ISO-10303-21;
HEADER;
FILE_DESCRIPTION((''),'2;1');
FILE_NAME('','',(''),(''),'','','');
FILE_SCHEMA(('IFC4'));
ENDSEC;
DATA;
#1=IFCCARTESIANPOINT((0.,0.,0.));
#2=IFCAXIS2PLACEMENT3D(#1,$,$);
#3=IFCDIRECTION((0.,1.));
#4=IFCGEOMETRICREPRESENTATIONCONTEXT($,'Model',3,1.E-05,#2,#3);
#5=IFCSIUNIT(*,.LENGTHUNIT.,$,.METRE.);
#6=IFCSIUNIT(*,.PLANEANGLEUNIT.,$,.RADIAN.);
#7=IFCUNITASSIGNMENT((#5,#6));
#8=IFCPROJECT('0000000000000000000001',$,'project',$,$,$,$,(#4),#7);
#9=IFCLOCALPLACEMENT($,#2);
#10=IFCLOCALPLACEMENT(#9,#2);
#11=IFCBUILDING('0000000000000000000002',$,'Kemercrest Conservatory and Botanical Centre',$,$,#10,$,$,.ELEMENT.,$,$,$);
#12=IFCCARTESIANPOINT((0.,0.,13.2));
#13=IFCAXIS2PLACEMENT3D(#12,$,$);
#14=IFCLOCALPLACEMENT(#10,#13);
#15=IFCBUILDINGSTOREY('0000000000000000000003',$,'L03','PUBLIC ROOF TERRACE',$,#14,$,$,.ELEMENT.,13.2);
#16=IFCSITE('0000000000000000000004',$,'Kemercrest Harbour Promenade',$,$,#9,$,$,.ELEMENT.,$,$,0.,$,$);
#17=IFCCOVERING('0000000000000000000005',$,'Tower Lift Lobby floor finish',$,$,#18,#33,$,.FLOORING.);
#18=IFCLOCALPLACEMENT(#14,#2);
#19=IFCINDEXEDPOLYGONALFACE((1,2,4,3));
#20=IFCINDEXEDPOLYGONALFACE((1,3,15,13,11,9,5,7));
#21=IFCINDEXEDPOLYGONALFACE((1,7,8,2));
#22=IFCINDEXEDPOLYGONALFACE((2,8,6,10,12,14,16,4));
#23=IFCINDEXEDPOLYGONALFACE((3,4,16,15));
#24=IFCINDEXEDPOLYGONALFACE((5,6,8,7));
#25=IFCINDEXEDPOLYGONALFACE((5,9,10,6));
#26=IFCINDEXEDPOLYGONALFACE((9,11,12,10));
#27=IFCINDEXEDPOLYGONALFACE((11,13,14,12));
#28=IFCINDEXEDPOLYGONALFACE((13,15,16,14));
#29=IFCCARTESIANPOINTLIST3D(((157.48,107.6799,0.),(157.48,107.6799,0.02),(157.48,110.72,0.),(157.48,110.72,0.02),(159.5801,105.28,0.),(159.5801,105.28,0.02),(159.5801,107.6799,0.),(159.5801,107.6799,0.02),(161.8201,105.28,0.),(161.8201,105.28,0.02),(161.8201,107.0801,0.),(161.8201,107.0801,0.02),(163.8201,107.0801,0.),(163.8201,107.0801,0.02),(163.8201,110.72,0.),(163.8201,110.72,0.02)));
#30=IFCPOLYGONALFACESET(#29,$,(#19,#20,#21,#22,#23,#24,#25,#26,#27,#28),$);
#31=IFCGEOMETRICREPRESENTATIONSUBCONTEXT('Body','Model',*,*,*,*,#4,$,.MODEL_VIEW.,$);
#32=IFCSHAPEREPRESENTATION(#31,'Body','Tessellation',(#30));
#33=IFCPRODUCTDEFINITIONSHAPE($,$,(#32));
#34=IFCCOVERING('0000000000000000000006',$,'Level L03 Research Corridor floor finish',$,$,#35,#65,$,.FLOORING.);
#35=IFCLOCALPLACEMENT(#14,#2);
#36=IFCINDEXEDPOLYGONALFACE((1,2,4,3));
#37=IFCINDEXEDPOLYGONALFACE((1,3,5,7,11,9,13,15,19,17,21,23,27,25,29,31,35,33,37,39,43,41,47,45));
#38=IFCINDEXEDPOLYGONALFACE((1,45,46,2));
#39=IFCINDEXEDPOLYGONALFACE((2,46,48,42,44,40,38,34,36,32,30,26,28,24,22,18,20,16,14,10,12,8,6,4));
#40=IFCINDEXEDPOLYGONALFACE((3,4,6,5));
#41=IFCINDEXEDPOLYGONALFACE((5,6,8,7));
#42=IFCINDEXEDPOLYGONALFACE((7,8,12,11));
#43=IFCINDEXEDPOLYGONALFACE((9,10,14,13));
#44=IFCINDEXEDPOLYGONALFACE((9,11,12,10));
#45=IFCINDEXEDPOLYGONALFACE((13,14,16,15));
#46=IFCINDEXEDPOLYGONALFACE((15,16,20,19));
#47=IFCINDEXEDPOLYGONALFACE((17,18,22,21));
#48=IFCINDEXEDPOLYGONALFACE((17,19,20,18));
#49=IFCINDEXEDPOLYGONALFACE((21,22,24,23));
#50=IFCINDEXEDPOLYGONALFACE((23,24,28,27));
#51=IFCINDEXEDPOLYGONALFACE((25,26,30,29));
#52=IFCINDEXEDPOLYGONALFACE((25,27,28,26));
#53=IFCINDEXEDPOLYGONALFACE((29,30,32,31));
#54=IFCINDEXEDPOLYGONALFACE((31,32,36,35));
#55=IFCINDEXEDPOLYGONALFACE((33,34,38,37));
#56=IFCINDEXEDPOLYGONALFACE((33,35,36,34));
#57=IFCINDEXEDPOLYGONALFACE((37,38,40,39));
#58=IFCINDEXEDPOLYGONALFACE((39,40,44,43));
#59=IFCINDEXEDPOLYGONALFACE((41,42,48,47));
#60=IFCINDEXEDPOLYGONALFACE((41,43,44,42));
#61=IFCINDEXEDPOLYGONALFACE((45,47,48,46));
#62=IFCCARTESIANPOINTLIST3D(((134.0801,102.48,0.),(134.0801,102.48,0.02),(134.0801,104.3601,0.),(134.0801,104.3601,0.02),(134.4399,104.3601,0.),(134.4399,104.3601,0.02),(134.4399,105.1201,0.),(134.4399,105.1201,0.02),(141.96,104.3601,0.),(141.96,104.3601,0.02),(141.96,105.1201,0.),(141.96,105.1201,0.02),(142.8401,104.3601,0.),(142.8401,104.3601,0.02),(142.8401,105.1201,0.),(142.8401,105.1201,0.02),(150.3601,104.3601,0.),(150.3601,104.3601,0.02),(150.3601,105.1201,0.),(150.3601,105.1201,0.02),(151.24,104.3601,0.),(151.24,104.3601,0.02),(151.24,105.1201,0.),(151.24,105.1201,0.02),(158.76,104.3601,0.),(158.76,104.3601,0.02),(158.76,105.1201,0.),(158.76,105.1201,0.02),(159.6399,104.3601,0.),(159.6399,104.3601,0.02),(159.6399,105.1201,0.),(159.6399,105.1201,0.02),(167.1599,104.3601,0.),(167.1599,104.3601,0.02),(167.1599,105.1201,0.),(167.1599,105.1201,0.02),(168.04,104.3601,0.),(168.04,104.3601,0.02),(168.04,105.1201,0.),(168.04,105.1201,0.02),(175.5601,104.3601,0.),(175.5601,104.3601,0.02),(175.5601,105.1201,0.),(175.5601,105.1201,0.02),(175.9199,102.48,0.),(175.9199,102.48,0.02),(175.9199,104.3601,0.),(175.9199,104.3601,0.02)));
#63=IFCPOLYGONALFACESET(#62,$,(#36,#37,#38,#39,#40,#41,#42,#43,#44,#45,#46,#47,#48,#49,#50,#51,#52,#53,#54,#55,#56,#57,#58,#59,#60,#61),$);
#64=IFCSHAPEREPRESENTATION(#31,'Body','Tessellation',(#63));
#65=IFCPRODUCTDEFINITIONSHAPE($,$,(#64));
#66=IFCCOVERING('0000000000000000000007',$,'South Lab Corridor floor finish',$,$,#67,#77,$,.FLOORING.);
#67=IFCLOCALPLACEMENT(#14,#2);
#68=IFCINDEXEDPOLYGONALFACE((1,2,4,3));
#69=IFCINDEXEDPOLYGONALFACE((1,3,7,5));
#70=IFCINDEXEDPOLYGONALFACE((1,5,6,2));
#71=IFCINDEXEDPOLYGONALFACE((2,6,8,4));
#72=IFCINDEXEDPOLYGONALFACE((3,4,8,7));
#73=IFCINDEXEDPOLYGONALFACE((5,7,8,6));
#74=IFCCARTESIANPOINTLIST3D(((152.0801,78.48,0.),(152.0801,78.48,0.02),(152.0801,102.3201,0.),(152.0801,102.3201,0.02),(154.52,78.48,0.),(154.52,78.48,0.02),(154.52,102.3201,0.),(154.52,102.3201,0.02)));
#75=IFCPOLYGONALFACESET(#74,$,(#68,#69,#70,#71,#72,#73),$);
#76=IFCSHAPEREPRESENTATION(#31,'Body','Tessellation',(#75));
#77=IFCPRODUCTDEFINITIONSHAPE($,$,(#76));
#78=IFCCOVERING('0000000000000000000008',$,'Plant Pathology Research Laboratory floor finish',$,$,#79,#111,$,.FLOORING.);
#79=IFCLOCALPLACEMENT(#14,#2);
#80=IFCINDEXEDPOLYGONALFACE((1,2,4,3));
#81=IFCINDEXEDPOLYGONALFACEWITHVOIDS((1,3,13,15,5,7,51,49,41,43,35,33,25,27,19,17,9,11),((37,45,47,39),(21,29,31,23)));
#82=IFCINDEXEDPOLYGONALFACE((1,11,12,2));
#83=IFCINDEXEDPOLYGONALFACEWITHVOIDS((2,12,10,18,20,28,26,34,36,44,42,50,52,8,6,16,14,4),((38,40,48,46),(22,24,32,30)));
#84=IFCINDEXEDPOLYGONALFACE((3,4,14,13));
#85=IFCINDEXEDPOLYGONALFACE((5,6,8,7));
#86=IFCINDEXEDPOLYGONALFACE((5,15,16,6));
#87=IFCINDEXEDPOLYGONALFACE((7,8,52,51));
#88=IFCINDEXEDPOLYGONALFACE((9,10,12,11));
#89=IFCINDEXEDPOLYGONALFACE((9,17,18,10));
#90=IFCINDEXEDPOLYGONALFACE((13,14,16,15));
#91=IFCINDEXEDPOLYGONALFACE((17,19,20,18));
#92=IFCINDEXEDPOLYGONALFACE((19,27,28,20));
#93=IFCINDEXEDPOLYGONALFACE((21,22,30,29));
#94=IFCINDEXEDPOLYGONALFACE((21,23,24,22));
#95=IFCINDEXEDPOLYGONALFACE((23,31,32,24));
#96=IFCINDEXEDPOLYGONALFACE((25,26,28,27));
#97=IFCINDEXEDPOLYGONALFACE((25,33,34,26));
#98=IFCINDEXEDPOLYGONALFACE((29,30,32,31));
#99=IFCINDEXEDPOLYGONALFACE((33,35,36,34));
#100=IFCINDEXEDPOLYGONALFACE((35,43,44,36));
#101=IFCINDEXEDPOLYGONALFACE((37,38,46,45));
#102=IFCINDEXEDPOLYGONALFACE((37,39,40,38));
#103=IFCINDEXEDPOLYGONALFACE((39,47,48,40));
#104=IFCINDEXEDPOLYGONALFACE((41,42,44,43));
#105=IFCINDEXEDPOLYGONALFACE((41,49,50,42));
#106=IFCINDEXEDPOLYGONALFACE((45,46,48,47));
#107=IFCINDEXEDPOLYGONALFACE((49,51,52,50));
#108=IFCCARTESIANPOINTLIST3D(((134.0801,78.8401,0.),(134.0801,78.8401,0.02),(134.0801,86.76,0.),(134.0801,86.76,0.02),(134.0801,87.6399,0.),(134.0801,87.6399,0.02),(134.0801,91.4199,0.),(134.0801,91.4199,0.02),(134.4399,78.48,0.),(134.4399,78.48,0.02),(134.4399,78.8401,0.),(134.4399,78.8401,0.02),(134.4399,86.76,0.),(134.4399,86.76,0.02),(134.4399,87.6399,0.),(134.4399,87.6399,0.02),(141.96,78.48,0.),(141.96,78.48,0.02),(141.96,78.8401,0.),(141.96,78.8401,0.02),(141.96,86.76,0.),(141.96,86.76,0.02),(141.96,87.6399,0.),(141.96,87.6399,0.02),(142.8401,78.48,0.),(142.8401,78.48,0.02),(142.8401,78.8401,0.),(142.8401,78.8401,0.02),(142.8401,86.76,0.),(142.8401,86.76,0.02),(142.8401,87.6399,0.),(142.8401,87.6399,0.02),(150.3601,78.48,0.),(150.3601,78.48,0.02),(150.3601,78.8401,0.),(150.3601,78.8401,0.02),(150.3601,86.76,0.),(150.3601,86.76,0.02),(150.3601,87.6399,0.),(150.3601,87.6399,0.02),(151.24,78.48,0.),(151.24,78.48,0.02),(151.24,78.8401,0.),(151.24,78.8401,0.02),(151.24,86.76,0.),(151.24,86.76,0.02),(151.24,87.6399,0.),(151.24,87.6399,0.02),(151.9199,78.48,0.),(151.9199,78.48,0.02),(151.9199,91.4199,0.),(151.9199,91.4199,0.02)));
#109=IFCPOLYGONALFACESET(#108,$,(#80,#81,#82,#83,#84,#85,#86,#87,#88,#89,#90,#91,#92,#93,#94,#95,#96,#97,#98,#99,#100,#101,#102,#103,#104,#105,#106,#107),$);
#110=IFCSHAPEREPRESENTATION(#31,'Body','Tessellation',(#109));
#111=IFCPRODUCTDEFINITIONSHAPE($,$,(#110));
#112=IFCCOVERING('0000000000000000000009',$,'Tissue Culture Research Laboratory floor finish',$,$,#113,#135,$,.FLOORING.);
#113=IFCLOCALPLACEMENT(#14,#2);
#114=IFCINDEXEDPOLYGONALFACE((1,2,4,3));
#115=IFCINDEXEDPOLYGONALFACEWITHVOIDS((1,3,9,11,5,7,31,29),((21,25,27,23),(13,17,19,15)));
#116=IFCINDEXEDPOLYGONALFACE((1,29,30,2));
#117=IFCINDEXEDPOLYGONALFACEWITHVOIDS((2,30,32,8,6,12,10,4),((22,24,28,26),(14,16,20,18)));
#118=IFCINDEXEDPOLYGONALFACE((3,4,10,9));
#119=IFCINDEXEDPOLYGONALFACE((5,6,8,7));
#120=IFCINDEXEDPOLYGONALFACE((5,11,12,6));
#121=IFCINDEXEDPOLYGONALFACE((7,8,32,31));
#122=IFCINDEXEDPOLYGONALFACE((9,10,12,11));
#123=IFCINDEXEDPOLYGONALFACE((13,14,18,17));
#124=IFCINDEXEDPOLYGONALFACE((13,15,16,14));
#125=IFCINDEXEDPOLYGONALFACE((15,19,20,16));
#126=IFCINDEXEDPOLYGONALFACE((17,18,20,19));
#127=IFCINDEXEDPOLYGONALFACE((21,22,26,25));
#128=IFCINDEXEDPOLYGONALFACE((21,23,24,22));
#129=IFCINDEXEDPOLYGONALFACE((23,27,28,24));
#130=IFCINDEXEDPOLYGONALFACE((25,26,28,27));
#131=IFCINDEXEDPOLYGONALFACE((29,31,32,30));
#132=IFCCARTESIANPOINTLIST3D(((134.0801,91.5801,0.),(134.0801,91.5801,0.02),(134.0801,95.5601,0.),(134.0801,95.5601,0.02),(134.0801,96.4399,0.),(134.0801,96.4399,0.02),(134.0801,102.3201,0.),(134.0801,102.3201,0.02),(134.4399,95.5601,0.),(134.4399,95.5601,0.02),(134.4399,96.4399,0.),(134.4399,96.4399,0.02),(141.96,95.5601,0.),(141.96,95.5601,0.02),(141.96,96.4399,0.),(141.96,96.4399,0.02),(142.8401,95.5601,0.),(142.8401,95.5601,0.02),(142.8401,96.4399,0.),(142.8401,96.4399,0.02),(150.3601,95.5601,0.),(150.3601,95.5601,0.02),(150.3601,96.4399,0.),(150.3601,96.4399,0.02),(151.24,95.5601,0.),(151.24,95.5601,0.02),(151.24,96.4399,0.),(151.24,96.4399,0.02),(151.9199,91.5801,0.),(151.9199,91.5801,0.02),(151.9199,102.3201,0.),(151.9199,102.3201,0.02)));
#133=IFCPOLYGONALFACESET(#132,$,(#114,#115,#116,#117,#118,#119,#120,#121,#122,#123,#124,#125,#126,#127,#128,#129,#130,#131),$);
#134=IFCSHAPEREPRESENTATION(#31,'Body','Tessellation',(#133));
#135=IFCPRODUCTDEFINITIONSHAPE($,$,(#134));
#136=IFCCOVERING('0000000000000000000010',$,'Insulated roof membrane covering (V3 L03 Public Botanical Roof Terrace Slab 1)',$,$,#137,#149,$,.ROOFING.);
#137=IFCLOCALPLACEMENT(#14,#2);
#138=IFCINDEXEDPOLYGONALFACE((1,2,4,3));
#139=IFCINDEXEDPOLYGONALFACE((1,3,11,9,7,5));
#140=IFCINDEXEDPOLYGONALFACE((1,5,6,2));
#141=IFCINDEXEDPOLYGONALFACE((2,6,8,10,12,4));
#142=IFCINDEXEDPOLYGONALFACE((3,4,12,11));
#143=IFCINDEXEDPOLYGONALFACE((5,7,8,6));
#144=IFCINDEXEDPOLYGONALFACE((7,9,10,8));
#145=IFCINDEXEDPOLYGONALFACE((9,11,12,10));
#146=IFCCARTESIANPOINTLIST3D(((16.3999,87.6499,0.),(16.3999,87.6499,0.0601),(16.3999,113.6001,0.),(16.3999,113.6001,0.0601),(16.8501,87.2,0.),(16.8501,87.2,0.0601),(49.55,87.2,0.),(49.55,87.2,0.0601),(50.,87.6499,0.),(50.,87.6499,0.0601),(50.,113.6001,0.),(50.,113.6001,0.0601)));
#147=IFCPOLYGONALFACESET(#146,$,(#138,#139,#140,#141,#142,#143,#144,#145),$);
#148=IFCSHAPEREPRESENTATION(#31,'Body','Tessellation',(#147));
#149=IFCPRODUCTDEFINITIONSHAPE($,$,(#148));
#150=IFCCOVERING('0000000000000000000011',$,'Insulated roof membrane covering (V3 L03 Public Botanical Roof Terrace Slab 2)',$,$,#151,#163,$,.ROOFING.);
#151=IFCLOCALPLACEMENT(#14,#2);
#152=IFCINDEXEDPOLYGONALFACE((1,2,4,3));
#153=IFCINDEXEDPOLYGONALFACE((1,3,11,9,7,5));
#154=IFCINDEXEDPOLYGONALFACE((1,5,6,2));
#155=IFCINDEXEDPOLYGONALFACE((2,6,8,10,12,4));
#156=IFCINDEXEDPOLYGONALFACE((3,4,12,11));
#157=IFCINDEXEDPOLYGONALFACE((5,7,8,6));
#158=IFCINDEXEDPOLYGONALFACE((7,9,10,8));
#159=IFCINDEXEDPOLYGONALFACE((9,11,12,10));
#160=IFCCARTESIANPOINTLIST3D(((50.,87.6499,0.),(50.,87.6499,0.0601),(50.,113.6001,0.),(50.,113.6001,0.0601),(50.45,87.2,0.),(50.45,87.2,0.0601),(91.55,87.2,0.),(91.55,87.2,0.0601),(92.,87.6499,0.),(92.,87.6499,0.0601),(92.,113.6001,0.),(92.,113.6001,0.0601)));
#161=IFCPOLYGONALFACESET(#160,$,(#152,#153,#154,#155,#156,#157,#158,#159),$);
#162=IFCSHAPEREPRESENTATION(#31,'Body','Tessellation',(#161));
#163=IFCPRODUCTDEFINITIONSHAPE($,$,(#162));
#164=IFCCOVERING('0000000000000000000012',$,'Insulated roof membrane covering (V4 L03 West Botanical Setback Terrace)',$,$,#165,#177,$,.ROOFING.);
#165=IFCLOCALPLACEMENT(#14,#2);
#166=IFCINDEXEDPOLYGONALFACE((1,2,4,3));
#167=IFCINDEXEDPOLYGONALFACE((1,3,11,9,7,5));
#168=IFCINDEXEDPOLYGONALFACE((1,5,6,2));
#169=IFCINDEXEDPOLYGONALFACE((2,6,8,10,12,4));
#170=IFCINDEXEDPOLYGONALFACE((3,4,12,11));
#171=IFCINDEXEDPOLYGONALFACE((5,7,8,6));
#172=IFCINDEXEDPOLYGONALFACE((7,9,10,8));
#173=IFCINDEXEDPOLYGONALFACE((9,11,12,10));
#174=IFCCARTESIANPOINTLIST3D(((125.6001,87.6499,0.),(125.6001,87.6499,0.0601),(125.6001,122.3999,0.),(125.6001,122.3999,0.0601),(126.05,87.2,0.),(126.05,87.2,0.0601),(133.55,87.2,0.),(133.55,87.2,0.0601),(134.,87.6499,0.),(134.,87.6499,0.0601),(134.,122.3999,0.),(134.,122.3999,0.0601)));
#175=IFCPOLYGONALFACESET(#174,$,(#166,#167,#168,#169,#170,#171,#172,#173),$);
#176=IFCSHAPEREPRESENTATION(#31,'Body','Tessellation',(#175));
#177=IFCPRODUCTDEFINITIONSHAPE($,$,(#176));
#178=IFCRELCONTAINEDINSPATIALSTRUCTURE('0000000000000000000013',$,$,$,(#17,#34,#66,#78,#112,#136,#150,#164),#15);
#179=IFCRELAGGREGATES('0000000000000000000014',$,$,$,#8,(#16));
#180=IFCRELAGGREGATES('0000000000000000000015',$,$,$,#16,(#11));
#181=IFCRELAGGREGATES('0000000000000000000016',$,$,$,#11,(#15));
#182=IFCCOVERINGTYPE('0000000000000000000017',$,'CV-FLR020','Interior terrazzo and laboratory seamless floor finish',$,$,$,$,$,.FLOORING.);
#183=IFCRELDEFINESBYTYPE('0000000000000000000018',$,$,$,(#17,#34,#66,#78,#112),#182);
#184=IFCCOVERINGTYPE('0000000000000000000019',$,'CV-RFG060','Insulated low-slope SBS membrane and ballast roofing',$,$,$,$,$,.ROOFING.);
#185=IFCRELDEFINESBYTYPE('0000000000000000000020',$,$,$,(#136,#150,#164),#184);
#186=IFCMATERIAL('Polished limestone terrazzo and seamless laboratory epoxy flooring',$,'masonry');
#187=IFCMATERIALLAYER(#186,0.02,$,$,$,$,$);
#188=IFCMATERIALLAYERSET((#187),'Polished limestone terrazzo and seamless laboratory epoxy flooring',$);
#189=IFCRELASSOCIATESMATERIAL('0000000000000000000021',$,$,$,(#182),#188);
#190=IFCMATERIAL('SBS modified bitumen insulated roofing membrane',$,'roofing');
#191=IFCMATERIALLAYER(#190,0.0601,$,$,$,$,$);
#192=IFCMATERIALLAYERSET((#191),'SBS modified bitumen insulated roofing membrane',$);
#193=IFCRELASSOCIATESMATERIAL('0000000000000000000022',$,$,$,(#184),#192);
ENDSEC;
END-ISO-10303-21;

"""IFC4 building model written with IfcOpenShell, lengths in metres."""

from ifc_helpers import new_model, si_unit, direction, frame, origin, place, context, subcontext, project, spatial, polyline, outline, extrude, material, layer, layer_set, type_object, element, save


model = new_model("IFC4")

# Units and contexts
model_context = context("Model", 3, precision=1e-05, world=origin(), true_north=direction((0.0, 1.0)))
body_context = subcontext(model_context, "Body", "Model", "MODEL_VIEW")
ifc_project = project(units=[si_unit("LENGTHUNIT", "METRE"), si_unit("PLANEANGLEUNIT", "RADIAN")], contexts=[model_context])

# Site, building, storey
site_placement = place(None, origin())
site = spatial("IfcSite", under=ifc_project, at=site_placement, Name="Kemercrest Harbour Promenade", CompositionType="ELEMENT", RefElevation=0.0)
building_placement = place(site_placement, origin())
building = spatial("IfcBuilding", under=site, at=building_placement, Name="Kemercrest Conservatory and Botanical Centre", CompositionType="ELEMENT")
storey_placement = place(building_placement, frame((0.0, 0.0, 13.2)))
storey = spatial("IfcBuildingStorey", under=building, at=storey_placement, Name="L03", Description="PUBLIC ROOF TERRACE", CompositionType="ELEMENT", Elevation=13.2)

# Coverings
ifc_material_1 = material(Name="Polished limestone terrazzo and seamless laboratory epoxy flooring", Category="masonry")
ifc_layer_1 = layer(ifc_material_1, 0.02)
ifc_layer_set_1 = layer_set([ifc_layer_1], Name="Polished limestone terrazzo and seamless laboratory epoxy flooring")
covering_type_1 = type_object("IfcCoveringType", Name="CV-FLR020", Description="Interior terrazzo and laboratory seamless floor finish", PredefinedType="FLOORING", material=ifc_layer_set_1)
covering_1_placement = place(storey_placement, origin())
element("IfcCovering", 1, at=covering_1_placement, inside=storey, type_object=covering_type_1, Name="Tower Lift Lobby floor finish", PredefinedType="FLOORING", context=body_context, shape_type="SweptSolid", body=[
    extrude(outline(polyline([(159.5801, 107.6799), (159.5801, 105.28), (161.8201, 105.28), (161.8201, 107.0801), (163.8201, 107.0801), (163.8201, 110.72), (157.48, 110.72), (157.48, 107.6799), (159.5801, 107.6799)])), origin(), (0.0, 0.0, 1.0), 0.02),
])
covering_2_placement = place(storey_placement, origin())
element("IfcCovering", 2, at=covering_2_placement, inside=storey, type_object=covering_type_1, Name="Level L03 Research Corridor floor finish", PredefinedType="FLOORING", context=body_context, shape_type="SweptSolid", body=[
    extrude(outline(polyline([(134.0801, 102.48), (175.9199, 102.48), (175.9199, 104.3601), (175.5601, 104.3601), (175.5601, 105.1201), (168.04, 105.1201), (168.04, 104.3601), (167.1599, 104.3601), (167.1599, 105.1201), (159.6399, 105.1201), (159.6399, 104.3601), (158.76, 104.3601), (158.76, 105.1201), (151.24, 105.1201), (151.24, 104.3601), (150.3601, 104.3601), (150.3601, 105.1201), (142.8401, 105.1201), (142.8401, 104.3601), (141.96, 104.3601), (141.96, 105.1201), (134.4399, 105.1201), (134.4399, 104.3601), (134.0801, 104.3601), (134.0801, 102.48)])), origin(), (0.0, 0.0, 1.0), 0.02),
])
covering_3_placement = place(storey_placement, origin())
element("IfcCovering", 3, at=covering_3_placement, inside=storey, type_object=covering_type_1, Name="South Lab Corridor floor finish", PredefinedType="FLOORING", context=body_context, shape_type="SweptSolid", body=[
    extrude(outline(polyline([(152.0801, 78.48), (154.52, 78.48), (154.52, 102.3201), (152.0801, 102.3201), (152.0801, 78.48)])), origin(), (0.0, 0.0, 1.0), 0.02),
])
covering_4_placement = place(storey_placement, origin())
element("IfcCovering", 4, at=covering_4_placement, inside=storey, type_object=covering_type_1, Name="Plant Pathology Research Laboratory floor finish", PredefinedType="FLOORING", context=body_context, shape_type="SweptSolid", body=[
    extrude(outline(polyline([(150.3601, 78.8401), (151.24, 78.8401), (151.24, 78.48), (151.9199, 78.48), (151.9199, 91.4199), (134.0801, 91.4199), (134.0801, 87.6399), (134.4399, 87.6399), (134.4399, 86.76), (134.0801, 86.76), (134.0801, 78.8401), (134.4399, 78.8401), (134.4399, 78.48), (141.96, 78.48), (141.96, 78.8401), (142.8401, 78.8401), (142.8401, 78.48), (150.3601, 78.48), (150.3601, 78.8401)]), holes=[polyline([(151.24, 87.6399), (151.24, 86.76), (150.3601, 86.76), (150.3601, 87.6399), (151.24, 87.6399)]), polyline([(142.8401, 87.6399), (142.8401, 86.76), (141.96, 86.76), (141.96, 87.6399), (142.8401, 87.6399)])]), origin(), (0.0, 0.0, 1.0), 0.02),
])
covering_5_placement = place(storey_placement, origin())
element("IfcCovering", 5, at=covering_5_placement, inside=storey, type_object=covering_type_1, Name="Tissue Culture Research Laboratory floor finish", PredefinedType="FLOORING", context=body_context, shape_type="SweptSolid", body=[
    extrude(outline(polyline([(134.4399, 95.5601), (134.0801, 95.5601), (134.0801, 91.5801), (151.9199, 91.5801), (151.9199, 102.3201), (134.0801, 102.3201), (134.0801, 96.4399), (134.4399, 96.4399), (134.4399, 95.5601)]), holes=[polyline([(151.24, 96.4399), (151.24, 95.5601), (150.3601, 95.5601), (150.3601, 96.4399), (151.24, 96.4399)]), polyline([(142.8401, 96.4399), (142.8401, 95.5601), (141.96, 95.5601), (141.96, 96.4399), (142.8401, 96.4399)])]), origin(), (0.0, 0.0, 1.0), 0.02),
])
ifc_material_2 = material(Name="SBS modified bitumen insulated roofing membrane", Category="roofing")
ifc_layer_2 = layer(ifc_material_2, 0.0601)
ifc_layer_set_2 = layer_set([ifc_layer_2], Name="SBS modified bitumen insulated roofing membrane")
covering_type_2 = type_object("IfcCoveringType", Name="CV-RFG060", Description="Insulated low-slope SBS membrane and ballast roofing", PredefinedType="ROOFING", material=ifc_layer_set_2)
covering_6_placement = place(storey_placement, origin())
element("IfcCovering", 6, at=covering_6_placement, inside=storey, type_object=covering_type_2, Name="Insulated roof membrane covering (V3 L03 Public Botanical Roof Terrace Slab 1)", PredefinedType="ROOFING", context=body_context, shape_type="SweptSolid", body=[
    extrude(outline(polyline([(16.8501, 87.2), (49.55, 87.2), (50.0, 87.6499), (50.0, 113.6001), (16.3999, 113.6001), (16.3999, 87.6499), (16.8501, 87.2)])), origin(), (0.0, 0.0, 1.0), 0.0601),
])
covering_7_placement = place(storey_placement, origin())
element("IfcCovering", 7, at=covering_7_placement, inside=storey, type_object=covering_type_2, Name="Insulated roof membrane covering (V3 L03 Public Botanical Roof Terrace Slab 2)", PredefinedType="ROOFING", context=body_context, shape_type="SweptSolid", body=[
    extrude(outline(polyline([(50.45, 87.2), (91.55, 87.2), (92.0, 87.6499), (92.0, 113.6001), (50.0, 113.6001), (50.0, 87.6499), (50.45, 87.2)])), origin(), (0.0, 0.0, 1.0), 0.0601),
])
covering_8_placement = place(storey_placement, origin())
element("IfcCovering", 8, at=covering_8_placement, inside=storey, type_object=covering_type_2, Name="Insulated roof membrane covering (V4 L03 West Botanical Setback Terrace)", PredefinedType="ROOFING", context=body_context, shape_type="SweptSolid", body=[
    extrude(outline(polyline([(126.05, 87.2), (133.55, 87.2), (134.0, 87.6499), (134.0, 122.3999), (125.6001, 122.3999), (125.6001, 87.6499), (126.05, 87.2)])), origin(), (0.0, 0.0, 1.0), 0.0601),
])

save(model, "model.ifc")
